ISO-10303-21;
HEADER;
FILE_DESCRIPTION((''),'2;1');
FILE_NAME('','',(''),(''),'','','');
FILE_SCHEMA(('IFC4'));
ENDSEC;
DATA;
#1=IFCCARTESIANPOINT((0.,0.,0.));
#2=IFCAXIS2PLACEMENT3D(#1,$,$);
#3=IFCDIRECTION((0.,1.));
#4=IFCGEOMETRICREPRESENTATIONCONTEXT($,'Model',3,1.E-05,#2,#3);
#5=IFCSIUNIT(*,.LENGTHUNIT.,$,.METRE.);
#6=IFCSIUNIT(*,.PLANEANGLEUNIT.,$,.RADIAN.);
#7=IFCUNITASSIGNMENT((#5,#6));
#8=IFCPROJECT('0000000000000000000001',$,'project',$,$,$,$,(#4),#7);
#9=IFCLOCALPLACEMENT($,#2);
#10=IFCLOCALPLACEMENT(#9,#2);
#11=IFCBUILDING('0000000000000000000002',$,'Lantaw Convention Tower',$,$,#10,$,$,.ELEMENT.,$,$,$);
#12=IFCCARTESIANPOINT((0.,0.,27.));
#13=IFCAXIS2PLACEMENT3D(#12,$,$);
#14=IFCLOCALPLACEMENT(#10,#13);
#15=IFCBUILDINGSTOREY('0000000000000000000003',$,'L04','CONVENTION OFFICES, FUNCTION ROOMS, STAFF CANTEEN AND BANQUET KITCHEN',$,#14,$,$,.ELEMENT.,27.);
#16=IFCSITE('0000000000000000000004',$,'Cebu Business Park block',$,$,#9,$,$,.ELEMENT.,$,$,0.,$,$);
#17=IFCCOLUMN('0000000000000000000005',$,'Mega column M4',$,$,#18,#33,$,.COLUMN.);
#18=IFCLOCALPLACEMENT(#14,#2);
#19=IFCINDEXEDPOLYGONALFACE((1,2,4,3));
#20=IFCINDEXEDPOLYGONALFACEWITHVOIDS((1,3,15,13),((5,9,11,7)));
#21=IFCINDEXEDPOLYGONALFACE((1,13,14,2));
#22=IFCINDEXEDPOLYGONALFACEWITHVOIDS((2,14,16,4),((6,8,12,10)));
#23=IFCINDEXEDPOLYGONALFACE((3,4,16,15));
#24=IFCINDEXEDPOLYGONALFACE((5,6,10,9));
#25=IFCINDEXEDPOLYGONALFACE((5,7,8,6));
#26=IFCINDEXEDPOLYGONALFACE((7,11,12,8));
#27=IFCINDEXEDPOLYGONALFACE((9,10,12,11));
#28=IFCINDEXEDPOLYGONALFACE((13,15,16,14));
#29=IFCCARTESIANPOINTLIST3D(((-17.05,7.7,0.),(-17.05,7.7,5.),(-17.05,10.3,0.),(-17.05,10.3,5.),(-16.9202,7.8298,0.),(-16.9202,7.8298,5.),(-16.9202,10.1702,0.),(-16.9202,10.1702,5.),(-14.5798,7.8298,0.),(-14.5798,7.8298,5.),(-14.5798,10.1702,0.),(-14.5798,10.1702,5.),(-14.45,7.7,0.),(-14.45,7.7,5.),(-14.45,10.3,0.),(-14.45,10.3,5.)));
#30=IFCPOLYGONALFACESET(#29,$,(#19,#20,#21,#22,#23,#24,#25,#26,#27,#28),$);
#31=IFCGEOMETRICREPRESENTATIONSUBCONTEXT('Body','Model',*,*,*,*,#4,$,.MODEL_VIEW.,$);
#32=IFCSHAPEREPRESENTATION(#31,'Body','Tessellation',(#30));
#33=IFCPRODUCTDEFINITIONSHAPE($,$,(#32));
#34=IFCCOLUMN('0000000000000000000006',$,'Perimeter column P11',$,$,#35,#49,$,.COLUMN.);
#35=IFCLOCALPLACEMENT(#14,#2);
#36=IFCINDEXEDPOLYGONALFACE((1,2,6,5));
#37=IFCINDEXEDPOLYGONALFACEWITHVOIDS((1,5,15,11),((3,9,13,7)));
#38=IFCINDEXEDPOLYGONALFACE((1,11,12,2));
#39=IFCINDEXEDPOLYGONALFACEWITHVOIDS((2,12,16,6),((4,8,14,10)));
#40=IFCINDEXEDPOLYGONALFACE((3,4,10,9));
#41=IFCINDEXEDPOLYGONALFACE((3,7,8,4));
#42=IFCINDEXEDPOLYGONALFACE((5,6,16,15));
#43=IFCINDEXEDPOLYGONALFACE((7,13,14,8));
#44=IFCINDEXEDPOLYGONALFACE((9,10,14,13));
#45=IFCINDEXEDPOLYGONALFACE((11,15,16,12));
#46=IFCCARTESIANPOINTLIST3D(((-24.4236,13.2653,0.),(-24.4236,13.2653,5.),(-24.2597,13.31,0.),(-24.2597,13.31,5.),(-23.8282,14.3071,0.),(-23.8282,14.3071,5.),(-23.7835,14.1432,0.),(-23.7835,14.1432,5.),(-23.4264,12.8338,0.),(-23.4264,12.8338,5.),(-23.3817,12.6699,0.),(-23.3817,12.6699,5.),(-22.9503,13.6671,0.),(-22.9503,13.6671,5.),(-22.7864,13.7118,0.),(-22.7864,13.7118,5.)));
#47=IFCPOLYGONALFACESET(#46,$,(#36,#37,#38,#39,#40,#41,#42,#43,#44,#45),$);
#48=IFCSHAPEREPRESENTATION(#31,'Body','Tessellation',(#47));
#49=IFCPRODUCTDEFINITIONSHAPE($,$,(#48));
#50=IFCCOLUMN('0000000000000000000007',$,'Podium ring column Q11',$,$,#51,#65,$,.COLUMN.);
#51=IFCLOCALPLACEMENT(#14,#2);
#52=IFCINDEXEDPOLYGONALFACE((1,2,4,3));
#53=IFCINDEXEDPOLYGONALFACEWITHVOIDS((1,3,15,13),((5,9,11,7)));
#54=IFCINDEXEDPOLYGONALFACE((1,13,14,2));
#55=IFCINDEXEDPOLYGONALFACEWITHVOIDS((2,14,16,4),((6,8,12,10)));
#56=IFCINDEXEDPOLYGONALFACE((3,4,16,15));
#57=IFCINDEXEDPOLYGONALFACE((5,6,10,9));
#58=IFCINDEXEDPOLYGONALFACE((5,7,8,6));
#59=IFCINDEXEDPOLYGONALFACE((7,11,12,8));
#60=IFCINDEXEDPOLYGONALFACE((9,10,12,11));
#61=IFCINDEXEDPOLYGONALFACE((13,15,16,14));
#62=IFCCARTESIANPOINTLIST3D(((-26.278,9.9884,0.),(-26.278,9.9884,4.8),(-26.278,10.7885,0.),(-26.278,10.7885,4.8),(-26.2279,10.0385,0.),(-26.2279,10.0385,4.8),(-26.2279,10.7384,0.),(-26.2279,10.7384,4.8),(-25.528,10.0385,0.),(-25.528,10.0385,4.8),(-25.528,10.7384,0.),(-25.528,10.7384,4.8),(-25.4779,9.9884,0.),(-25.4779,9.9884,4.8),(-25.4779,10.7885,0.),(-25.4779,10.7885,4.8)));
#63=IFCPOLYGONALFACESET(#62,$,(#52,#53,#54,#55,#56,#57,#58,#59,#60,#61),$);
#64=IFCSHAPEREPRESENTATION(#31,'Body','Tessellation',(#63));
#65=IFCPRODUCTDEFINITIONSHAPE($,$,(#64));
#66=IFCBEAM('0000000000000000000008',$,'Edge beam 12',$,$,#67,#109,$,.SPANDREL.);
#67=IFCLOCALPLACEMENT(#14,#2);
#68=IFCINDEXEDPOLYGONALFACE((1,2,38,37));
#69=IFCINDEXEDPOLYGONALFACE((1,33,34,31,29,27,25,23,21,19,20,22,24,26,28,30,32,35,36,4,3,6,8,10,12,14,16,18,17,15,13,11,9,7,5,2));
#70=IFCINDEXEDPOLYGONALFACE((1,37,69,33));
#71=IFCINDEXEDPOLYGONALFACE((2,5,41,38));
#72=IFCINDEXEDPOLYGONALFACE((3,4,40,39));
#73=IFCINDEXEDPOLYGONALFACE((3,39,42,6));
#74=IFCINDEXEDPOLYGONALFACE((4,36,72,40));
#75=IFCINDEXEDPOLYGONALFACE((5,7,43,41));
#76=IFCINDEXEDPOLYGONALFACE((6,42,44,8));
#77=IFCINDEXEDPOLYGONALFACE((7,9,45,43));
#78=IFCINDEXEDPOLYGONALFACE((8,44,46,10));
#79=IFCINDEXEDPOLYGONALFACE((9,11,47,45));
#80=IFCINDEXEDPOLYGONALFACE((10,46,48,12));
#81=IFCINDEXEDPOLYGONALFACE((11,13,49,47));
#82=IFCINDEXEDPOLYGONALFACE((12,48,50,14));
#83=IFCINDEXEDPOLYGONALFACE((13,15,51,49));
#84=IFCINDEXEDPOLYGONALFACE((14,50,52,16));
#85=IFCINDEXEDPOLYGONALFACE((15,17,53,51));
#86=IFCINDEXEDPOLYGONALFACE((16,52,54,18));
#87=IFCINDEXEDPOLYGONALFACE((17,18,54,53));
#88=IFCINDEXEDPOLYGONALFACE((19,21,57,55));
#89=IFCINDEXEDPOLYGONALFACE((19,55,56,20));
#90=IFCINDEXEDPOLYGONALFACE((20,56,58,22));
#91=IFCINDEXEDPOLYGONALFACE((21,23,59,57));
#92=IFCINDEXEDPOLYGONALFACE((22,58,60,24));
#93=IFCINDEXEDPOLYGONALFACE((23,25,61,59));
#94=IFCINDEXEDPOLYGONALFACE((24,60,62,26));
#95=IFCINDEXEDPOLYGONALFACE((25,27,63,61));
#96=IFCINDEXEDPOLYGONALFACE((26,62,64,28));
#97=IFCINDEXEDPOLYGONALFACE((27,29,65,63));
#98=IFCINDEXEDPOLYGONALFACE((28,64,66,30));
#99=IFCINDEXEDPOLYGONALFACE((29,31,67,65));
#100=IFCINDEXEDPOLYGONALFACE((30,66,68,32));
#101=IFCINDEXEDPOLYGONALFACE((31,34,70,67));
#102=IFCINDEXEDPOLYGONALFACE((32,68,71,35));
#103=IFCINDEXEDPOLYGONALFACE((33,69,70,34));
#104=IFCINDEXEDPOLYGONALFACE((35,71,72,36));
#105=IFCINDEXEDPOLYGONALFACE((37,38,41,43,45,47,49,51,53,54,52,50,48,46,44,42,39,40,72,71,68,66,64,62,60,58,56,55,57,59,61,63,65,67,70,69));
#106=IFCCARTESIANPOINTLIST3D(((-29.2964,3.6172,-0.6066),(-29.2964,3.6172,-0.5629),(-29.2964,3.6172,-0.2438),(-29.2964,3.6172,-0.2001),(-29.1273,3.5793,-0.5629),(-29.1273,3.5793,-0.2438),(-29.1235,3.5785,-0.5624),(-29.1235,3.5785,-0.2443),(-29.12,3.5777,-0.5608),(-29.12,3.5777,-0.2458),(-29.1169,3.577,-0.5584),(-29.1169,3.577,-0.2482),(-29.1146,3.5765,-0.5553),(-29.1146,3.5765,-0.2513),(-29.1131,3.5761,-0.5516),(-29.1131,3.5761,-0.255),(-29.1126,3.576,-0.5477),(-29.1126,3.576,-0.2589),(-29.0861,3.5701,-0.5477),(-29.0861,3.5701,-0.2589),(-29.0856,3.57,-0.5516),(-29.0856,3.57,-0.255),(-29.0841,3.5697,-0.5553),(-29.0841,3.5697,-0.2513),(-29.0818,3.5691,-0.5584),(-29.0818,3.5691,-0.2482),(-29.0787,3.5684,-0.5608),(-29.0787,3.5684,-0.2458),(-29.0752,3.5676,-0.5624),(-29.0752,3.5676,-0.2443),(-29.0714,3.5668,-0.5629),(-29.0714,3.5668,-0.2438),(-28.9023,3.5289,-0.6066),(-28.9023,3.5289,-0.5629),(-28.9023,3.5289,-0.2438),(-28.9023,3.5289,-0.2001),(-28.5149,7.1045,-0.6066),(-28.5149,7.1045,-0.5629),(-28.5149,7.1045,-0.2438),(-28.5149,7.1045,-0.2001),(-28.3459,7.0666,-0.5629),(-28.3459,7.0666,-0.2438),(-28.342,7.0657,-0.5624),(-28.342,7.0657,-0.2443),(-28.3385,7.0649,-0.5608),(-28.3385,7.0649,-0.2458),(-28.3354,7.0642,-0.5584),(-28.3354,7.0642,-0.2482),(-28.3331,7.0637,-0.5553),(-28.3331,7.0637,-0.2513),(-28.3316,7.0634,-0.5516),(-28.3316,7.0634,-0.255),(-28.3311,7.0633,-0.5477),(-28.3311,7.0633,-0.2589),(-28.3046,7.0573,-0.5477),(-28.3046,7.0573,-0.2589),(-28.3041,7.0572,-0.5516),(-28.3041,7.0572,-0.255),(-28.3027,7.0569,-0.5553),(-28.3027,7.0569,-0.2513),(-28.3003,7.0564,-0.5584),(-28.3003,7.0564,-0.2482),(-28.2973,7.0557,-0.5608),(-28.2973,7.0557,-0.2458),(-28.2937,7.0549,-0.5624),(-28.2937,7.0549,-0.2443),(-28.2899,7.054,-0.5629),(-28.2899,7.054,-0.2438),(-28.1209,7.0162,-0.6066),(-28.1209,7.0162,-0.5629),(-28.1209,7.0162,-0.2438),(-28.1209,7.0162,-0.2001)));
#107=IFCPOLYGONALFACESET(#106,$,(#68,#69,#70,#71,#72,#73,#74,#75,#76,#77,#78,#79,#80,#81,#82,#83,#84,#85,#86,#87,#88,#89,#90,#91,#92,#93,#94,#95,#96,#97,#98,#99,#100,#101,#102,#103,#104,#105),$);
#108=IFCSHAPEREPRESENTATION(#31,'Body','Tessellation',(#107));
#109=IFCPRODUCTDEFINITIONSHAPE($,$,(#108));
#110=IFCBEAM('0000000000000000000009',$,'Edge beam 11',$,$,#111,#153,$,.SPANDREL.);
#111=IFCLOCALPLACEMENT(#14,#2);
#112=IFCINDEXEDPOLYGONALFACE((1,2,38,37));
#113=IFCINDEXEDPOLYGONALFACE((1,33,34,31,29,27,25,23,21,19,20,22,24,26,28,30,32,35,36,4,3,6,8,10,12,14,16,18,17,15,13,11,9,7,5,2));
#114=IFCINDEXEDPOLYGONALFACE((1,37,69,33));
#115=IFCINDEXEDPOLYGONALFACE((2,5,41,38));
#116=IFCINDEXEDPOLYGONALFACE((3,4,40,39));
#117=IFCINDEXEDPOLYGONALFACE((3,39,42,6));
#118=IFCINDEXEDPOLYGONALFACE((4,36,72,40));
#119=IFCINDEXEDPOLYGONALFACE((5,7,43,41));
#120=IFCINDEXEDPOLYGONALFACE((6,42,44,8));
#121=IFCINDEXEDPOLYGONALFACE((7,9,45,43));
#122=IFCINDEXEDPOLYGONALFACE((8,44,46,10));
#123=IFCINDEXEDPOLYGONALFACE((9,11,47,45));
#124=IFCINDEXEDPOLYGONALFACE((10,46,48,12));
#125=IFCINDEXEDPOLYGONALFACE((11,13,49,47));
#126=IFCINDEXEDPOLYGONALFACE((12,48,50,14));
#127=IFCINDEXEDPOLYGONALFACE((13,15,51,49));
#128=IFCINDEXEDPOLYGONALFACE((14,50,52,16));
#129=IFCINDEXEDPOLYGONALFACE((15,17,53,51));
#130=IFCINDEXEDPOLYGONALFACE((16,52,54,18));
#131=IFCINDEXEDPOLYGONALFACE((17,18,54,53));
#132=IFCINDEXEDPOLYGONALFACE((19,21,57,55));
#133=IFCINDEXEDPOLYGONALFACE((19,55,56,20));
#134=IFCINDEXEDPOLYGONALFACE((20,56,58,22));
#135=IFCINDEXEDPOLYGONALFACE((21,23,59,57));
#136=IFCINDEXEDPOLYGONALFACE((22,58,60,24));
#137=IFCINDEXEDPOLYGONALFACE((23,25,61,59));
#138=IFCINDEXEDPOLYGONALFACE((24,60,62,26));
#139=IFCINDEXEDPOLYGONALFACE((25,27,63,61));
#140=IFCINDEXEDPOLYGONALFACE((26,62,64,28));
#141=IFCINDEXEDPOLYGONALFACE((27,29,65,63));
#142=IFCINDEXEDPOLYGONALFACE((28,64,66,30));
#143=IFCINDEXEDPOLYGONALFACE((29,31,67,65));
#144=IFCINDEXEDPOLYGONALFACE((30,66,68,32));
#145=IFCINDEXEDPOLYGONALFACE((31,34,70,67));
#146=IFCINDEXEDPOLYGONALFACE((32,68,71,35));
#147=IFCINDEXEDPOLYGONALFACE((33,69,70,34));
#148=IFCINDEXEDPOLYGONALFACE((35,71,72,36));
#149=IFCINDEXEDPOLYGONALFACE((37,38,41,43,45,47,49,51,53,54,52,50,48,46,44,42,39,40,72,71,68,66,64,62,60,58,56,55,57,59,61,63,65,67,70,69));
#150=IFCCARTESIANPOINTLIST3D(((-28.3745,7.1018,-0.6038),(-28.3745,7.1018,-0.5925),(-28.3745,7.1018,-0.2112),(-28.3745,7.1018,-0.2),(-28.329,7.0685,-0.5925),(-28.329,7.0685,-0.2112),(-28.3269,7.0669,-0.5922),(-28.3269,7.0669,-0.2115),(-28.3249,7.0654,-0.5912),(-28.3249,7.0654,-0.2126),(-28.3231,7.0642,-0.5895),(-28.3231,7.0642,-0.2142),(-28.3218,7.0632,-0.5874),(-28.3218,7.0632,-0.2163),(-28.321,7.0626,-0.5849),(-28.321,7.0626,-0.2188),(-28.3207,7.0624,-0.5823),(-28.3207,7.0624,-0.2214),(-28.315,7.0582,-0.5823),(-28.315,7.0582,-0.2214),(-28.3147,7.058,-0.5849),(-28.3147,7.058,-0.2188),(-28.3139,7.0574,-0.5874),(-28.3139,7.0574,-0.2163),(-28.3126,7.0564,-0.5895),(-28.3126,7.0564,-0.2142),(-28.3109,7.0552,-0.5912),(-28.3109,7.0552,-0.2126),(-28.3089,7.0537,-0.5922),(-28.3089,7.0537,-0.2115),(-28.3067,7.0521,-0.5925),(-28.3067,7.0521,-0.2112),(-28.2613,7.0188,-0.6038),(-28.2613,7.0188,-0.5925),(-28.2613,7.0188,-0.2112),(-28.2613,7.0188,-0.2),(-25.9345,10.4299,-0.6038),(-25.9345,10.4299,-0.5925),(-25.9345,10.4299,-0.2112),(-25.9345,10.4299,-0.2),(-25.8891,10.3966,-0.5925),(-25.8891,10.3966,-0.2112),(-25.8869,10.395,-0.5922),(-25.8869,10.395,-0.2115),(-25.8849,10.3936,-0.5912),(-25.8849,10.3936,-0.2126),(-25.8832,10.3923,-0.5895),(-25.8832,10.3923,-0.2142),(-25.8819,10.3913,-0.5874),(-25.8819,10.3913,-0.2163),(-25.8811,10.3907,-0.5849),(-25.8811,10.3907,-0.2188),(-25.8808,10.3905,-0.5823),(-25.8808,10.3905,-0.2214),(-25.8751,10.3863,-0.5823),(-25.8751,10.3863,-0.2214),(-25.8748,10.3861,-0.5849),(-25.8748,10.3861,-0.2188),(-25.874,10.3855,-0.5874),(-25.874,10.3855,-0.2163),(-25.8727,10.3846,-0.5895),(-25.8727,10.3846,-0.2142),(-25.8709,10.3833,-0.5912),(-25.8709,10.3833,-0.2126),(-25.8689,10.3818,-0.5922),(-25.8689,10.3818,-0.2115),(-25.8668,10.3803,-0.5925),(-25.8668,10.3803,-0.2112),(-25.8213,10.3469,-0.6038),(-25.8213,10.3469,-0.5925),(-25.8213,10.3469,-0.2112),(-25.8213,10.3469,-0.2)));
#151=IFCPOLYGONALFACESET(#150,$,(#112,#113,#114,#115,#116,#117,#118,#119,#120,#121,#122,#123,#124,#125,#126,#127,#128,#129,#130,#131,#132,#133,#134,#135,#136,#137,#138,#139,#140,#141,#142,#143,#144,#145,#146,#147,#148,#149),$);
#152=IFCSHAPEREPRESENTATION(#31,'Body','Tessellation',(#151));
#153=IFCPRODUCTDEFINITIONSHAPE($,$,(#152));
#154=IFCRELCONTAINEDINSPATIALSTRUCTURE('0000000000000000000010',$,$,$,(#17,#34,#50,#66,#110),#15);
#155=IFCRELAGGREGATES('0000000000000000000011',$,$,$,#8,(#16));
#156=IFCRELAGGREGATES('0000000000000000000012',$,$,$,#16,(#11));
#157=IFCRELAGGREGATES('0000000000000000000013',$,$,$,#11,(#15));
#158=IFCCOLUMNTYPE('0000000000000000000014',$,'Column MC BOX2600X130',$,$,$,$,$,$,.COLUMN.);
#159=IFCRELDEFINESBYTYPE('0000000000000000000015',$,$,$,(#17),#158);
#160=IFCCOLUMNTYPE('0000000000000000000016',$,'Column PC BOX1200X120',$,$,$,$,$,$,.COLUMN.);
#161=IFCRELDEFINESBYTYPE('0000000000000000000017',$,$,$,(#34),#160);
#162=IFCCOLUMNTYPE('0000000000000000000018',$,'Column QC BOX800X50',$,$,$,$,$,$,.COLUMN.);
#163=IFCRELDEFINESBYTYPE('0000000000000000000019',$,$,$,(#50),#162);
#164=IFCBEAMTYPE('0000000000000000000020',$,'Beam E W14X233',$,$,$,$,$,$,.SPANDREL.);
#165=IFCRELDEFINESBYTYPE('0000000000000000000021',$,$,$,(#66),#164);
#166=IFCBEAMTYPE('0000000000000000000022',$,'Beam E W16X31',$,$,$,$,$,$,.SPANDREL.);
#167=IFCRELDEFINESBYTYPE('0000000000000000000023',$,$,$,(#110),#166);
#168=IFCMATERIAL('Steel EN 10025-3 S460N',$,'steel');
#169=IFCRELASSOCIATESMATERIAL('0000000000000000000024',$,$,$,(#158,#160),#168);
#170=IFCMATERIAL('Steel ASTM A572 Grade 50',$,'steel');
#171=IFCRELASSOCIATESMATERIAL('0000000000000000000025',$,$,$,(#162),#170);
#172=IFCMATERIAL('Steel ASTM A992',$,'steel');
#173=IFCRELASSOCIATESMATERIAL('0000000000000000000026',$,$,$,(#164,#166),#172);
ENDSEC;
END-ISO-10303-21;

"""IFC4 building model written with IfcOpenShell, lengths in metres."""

from ifc_helpers import new_model, si_unit, direction, frame, origin, origin_2d, place, context, subcontext, project, spatial, rectangle, hollow_rectangle, i_section, extrude, material, material_profile, profile_set, type_object, element, save


model = new_model("IFC4")

# Units and contexts
model_context = context("Model", 3, precision=1e-05, world=origin(), true_north=direction((0.0, 1.0)))
body_context = subcontext(model_context, "Body", "Model", "MODEL_VIEW")
ifc_project = project(units=[si_unit("LENGTHUNIT", "METRE"), si_unit("PLANEANGLEUNIT", "RADIAN")], contexts=[model_context])

# Site, building, storey
site_placement = place(None, origin())
site = spatial("IfcSite", under=ifc_project, at=site_placement, Name="Cebu Business Park block", CompositionType="ELEMENT", RefElevation=0.0)
building_placement = place(site_placement, origin())
building = spatial("IfcBuilding", under=site, at=building_placement, Name="Lantaw Convention Tower", CompositionType="ELEMENT")
storey_placement = place(building_placement, frame((0.0, 0.0, 27.0)))
storey = spatial("IfcBuildingStorey", under=building, at=storey_placement, Name="L04", Description="CONVENTION OFFICES, FUNCTION ROOMS, STAFF CANTEEN AND BANQUET KITCHEN", CompositionType="ELEMENT", Elevation=27.0)

# Columns
ifc_material_1 = material(Name="Steel EN 10025-3 S460N", Category="steel")
ifc_material_profile_1 = material_profile(ifc_material_1, hollow_rectangle(XDim=2.6001, YDim=2.6001, WallThickness=0.1299, at=origin_2d()), Name="BOX2600X130")
ifc_material_2 = material(Name="Concrete C60/75", Category="concrete")
ifc_material_profile_2 = material_profile(ifc_material_2, rectangle(XDim=2.3401, YDim=2.3401, at=origin_2d()), Name="Concrete fill of BOX2600X130")
ifc_profile_set_1 = profile_set([ifc_material_profile_1, ifc_material_profile_2], Name="Steel EN 10025-3 S460N")
column_type_1 = type_object("IfcColumnType", Name="Column MC BOX2600X130", PredefinedType="COLUMN", material=ifc_profile_set_1)
column_1_placement = place(storey_placement, frame((-15.75, 9.0, 0.0), z_axis=(0.0, 0.0, 1.0), x_axis=(1.0, 0.0, 0.0)))
element("IfcColumn", 1, at=column_1_placement, inside=storey, type_object=column_type_1, Name="Mega column M4", PredefinedType="COLUMN", context=body_context, shape_type="SweptSolid", body=[
    extrude(hollow_rectangle(XDim=2.6001, YDim=2.6001, WallThickness=0.1299, at=origin_2d()), origin(), (0.0, 0.0, 1.0), 5.0),
])
ifc_material_profile_3 = material_profile(ifc_material_1, hollow_rectangle(XDim=1.2, YDim=1.2, WallThickness=0.1201, at=origin_2d()), Name="BOX1200X120")
ifc_material_profile_4 = material_profile(ifc_material_2, rectangle(XDim=0.96, YDim=0.96, at=origin_2d()), Name="Concrete fill of BOX1200X120")
ifc_profile_set_2 = profile_set([ifc_material_profile_3, ifc_material_profile_4], Name="Steel EN 10025-3 S460N")
column_type_2 = type_object("IfcColumnType", Name="Column PC BOX1200X120", PredefinedType="COLUMN", material=ifc_profile_set_2)
column_2_placement = place(storey_placement, frame((-23.605, 13.4885, 0.0), z_axis=(0.0, 0.0, 1.0), x_axis=(0.496139, 0.868243, 0.0)))
element("IfcColumn", 2, at=column_2_placement, inside=storey, type_object=column_type_2, Name="Perimeter column P11", PredefinedType="COLUMN", context=body_context, shape_type="SweptSolid", body=[
    extrude(hollow_rectangle(XDim=1.2, YDim=1.2, WallThickness=0.1201, at=origin_2d()), origin(), (0.0, 0.0, 1.0), 5.0),
])
ifc_material_3 = material(Name="Steel ASTM A572 Grade 50", Category="steel")
ifc_material_profile_5 = material_profile(ifc_material_3, hollow_rectangle(XDim=0.8, YDim=0.8, WallThickness=0.05, at=origin_2d()), Name="BOX800X50")
ifc_profile_set_3 = profile_set([ifc_material_profile_5], Name="Steel ASTM A572 Grade 50")
column_type_3 = type_object("IfcColumnType", Name="Column QC BOX800X50", PredefinedType="COLUMN", material=ifc_profile_set_3)
column_3_placement = place(storey_placement, frame((-25.8779, 10.3884, 0.0), z_axis=(0.0, 0.0, 1.0), x_axis=(1.0, 0.0, 0.0)))
element("IfcColumn", 3, at=column_3_placement, inside=storey, type_object=column_type_3, Name="Podium ring column Q11", PredefinedType="COLUMN", context=body_context, shape_type="SweptSolid", body=[
    extrude(hollow_rectangle(XDim=0.8, YDim=0.8, WallThickness=0.05, at=origin_2d()), origin(), (0.0, 0.0, 1.0), 4.8),
])

# Beams
ifc_material_4 = material(Name="Steel ASTM A992", Category="steel")
ifc_material_profile_6 = material_profile(ifc_material_4, i_section(OverallWidth=0.4038, OverallDepth=0.4065, WebThickness=0.0271, FlangeThickness=0.0437, FilletRadius=0.0151, at=origin_2d()), Name="W14X233")
ifc_profile_set_4 = profile_set([ifc_material_profile_6], Name="Steel ASTM A992")
beam_type_1 = type_object("IfcBeamType", Name="Beam E W14X233", PredefinedType="SPANDREL", material=ifc_profile_set_4)
beam_1_placement = place(storey_placement, frame((-28.3179, 7.0603, -0.4033), z_axis=(-0.218673, -0.975798, 0.0), x_axis=(0.975798, -0.218673, 0.0)))
element("IfcBeam", 4, at=beam_1_placement, inside=storey, type_object=beam_type_1, Name="Edge beam 12", PredefinedType="SPANDREL", context=body_context, shape_type="SweptSolid", body=[
    extrude(i_section(OverallWidth=0.4038, OverallDepth=0.4065, WebThickness=0.0271, FlangeThickness=0.0437, FilletRadius=0.0151, at=origin_2d()), origin(), (0.0, 0.0, 1.0), 3.5737),
])
ifc_material_profile_7 = material_profile(ifc_material_4, i_section(OverallWidth=0.1404, OverallDepth=0.4038, WebThickness=0.0071, FlangeThickness=0.0112, FilletRadius=0.0103, at=origin_2d()), Name="W16X31")
ifc_profile_set_5 = profile_set([ifc_material_profile_7], Name="Steel ASTM A992")
beam_type_2 = type_object("IfcBeamType", Name="Beam E W16X31", PredefinedType="SPANDREL", material=ifc_profile_set_5)
beam_2_placement = place(storey_placement, frame((-25.8779, 10.3884, -0.4019), z_axis=(-0.591256, -0.806484, 0.0), x_axis=(0.806484, -0.591256, 0.0)))
element("IfcBeam", 5, at=beam_2_placement, inside=storey, type_object=beam_type_2, Name="Edge beam 11", PredefinedType="SPANDREL", context=body_context, shape_type="SweptSolid", body=[
    extrude(i_section(OverallWidth=0.1404, OverallDepth=0.4038, WebThickness=0.0071, FlangeThickness=0.0112, FilletRadius=0.0103, at=origin_2d()), origin(), (0.0, 0.0, 1.0), 4.1267),
])

save(model, "model.ifc")
